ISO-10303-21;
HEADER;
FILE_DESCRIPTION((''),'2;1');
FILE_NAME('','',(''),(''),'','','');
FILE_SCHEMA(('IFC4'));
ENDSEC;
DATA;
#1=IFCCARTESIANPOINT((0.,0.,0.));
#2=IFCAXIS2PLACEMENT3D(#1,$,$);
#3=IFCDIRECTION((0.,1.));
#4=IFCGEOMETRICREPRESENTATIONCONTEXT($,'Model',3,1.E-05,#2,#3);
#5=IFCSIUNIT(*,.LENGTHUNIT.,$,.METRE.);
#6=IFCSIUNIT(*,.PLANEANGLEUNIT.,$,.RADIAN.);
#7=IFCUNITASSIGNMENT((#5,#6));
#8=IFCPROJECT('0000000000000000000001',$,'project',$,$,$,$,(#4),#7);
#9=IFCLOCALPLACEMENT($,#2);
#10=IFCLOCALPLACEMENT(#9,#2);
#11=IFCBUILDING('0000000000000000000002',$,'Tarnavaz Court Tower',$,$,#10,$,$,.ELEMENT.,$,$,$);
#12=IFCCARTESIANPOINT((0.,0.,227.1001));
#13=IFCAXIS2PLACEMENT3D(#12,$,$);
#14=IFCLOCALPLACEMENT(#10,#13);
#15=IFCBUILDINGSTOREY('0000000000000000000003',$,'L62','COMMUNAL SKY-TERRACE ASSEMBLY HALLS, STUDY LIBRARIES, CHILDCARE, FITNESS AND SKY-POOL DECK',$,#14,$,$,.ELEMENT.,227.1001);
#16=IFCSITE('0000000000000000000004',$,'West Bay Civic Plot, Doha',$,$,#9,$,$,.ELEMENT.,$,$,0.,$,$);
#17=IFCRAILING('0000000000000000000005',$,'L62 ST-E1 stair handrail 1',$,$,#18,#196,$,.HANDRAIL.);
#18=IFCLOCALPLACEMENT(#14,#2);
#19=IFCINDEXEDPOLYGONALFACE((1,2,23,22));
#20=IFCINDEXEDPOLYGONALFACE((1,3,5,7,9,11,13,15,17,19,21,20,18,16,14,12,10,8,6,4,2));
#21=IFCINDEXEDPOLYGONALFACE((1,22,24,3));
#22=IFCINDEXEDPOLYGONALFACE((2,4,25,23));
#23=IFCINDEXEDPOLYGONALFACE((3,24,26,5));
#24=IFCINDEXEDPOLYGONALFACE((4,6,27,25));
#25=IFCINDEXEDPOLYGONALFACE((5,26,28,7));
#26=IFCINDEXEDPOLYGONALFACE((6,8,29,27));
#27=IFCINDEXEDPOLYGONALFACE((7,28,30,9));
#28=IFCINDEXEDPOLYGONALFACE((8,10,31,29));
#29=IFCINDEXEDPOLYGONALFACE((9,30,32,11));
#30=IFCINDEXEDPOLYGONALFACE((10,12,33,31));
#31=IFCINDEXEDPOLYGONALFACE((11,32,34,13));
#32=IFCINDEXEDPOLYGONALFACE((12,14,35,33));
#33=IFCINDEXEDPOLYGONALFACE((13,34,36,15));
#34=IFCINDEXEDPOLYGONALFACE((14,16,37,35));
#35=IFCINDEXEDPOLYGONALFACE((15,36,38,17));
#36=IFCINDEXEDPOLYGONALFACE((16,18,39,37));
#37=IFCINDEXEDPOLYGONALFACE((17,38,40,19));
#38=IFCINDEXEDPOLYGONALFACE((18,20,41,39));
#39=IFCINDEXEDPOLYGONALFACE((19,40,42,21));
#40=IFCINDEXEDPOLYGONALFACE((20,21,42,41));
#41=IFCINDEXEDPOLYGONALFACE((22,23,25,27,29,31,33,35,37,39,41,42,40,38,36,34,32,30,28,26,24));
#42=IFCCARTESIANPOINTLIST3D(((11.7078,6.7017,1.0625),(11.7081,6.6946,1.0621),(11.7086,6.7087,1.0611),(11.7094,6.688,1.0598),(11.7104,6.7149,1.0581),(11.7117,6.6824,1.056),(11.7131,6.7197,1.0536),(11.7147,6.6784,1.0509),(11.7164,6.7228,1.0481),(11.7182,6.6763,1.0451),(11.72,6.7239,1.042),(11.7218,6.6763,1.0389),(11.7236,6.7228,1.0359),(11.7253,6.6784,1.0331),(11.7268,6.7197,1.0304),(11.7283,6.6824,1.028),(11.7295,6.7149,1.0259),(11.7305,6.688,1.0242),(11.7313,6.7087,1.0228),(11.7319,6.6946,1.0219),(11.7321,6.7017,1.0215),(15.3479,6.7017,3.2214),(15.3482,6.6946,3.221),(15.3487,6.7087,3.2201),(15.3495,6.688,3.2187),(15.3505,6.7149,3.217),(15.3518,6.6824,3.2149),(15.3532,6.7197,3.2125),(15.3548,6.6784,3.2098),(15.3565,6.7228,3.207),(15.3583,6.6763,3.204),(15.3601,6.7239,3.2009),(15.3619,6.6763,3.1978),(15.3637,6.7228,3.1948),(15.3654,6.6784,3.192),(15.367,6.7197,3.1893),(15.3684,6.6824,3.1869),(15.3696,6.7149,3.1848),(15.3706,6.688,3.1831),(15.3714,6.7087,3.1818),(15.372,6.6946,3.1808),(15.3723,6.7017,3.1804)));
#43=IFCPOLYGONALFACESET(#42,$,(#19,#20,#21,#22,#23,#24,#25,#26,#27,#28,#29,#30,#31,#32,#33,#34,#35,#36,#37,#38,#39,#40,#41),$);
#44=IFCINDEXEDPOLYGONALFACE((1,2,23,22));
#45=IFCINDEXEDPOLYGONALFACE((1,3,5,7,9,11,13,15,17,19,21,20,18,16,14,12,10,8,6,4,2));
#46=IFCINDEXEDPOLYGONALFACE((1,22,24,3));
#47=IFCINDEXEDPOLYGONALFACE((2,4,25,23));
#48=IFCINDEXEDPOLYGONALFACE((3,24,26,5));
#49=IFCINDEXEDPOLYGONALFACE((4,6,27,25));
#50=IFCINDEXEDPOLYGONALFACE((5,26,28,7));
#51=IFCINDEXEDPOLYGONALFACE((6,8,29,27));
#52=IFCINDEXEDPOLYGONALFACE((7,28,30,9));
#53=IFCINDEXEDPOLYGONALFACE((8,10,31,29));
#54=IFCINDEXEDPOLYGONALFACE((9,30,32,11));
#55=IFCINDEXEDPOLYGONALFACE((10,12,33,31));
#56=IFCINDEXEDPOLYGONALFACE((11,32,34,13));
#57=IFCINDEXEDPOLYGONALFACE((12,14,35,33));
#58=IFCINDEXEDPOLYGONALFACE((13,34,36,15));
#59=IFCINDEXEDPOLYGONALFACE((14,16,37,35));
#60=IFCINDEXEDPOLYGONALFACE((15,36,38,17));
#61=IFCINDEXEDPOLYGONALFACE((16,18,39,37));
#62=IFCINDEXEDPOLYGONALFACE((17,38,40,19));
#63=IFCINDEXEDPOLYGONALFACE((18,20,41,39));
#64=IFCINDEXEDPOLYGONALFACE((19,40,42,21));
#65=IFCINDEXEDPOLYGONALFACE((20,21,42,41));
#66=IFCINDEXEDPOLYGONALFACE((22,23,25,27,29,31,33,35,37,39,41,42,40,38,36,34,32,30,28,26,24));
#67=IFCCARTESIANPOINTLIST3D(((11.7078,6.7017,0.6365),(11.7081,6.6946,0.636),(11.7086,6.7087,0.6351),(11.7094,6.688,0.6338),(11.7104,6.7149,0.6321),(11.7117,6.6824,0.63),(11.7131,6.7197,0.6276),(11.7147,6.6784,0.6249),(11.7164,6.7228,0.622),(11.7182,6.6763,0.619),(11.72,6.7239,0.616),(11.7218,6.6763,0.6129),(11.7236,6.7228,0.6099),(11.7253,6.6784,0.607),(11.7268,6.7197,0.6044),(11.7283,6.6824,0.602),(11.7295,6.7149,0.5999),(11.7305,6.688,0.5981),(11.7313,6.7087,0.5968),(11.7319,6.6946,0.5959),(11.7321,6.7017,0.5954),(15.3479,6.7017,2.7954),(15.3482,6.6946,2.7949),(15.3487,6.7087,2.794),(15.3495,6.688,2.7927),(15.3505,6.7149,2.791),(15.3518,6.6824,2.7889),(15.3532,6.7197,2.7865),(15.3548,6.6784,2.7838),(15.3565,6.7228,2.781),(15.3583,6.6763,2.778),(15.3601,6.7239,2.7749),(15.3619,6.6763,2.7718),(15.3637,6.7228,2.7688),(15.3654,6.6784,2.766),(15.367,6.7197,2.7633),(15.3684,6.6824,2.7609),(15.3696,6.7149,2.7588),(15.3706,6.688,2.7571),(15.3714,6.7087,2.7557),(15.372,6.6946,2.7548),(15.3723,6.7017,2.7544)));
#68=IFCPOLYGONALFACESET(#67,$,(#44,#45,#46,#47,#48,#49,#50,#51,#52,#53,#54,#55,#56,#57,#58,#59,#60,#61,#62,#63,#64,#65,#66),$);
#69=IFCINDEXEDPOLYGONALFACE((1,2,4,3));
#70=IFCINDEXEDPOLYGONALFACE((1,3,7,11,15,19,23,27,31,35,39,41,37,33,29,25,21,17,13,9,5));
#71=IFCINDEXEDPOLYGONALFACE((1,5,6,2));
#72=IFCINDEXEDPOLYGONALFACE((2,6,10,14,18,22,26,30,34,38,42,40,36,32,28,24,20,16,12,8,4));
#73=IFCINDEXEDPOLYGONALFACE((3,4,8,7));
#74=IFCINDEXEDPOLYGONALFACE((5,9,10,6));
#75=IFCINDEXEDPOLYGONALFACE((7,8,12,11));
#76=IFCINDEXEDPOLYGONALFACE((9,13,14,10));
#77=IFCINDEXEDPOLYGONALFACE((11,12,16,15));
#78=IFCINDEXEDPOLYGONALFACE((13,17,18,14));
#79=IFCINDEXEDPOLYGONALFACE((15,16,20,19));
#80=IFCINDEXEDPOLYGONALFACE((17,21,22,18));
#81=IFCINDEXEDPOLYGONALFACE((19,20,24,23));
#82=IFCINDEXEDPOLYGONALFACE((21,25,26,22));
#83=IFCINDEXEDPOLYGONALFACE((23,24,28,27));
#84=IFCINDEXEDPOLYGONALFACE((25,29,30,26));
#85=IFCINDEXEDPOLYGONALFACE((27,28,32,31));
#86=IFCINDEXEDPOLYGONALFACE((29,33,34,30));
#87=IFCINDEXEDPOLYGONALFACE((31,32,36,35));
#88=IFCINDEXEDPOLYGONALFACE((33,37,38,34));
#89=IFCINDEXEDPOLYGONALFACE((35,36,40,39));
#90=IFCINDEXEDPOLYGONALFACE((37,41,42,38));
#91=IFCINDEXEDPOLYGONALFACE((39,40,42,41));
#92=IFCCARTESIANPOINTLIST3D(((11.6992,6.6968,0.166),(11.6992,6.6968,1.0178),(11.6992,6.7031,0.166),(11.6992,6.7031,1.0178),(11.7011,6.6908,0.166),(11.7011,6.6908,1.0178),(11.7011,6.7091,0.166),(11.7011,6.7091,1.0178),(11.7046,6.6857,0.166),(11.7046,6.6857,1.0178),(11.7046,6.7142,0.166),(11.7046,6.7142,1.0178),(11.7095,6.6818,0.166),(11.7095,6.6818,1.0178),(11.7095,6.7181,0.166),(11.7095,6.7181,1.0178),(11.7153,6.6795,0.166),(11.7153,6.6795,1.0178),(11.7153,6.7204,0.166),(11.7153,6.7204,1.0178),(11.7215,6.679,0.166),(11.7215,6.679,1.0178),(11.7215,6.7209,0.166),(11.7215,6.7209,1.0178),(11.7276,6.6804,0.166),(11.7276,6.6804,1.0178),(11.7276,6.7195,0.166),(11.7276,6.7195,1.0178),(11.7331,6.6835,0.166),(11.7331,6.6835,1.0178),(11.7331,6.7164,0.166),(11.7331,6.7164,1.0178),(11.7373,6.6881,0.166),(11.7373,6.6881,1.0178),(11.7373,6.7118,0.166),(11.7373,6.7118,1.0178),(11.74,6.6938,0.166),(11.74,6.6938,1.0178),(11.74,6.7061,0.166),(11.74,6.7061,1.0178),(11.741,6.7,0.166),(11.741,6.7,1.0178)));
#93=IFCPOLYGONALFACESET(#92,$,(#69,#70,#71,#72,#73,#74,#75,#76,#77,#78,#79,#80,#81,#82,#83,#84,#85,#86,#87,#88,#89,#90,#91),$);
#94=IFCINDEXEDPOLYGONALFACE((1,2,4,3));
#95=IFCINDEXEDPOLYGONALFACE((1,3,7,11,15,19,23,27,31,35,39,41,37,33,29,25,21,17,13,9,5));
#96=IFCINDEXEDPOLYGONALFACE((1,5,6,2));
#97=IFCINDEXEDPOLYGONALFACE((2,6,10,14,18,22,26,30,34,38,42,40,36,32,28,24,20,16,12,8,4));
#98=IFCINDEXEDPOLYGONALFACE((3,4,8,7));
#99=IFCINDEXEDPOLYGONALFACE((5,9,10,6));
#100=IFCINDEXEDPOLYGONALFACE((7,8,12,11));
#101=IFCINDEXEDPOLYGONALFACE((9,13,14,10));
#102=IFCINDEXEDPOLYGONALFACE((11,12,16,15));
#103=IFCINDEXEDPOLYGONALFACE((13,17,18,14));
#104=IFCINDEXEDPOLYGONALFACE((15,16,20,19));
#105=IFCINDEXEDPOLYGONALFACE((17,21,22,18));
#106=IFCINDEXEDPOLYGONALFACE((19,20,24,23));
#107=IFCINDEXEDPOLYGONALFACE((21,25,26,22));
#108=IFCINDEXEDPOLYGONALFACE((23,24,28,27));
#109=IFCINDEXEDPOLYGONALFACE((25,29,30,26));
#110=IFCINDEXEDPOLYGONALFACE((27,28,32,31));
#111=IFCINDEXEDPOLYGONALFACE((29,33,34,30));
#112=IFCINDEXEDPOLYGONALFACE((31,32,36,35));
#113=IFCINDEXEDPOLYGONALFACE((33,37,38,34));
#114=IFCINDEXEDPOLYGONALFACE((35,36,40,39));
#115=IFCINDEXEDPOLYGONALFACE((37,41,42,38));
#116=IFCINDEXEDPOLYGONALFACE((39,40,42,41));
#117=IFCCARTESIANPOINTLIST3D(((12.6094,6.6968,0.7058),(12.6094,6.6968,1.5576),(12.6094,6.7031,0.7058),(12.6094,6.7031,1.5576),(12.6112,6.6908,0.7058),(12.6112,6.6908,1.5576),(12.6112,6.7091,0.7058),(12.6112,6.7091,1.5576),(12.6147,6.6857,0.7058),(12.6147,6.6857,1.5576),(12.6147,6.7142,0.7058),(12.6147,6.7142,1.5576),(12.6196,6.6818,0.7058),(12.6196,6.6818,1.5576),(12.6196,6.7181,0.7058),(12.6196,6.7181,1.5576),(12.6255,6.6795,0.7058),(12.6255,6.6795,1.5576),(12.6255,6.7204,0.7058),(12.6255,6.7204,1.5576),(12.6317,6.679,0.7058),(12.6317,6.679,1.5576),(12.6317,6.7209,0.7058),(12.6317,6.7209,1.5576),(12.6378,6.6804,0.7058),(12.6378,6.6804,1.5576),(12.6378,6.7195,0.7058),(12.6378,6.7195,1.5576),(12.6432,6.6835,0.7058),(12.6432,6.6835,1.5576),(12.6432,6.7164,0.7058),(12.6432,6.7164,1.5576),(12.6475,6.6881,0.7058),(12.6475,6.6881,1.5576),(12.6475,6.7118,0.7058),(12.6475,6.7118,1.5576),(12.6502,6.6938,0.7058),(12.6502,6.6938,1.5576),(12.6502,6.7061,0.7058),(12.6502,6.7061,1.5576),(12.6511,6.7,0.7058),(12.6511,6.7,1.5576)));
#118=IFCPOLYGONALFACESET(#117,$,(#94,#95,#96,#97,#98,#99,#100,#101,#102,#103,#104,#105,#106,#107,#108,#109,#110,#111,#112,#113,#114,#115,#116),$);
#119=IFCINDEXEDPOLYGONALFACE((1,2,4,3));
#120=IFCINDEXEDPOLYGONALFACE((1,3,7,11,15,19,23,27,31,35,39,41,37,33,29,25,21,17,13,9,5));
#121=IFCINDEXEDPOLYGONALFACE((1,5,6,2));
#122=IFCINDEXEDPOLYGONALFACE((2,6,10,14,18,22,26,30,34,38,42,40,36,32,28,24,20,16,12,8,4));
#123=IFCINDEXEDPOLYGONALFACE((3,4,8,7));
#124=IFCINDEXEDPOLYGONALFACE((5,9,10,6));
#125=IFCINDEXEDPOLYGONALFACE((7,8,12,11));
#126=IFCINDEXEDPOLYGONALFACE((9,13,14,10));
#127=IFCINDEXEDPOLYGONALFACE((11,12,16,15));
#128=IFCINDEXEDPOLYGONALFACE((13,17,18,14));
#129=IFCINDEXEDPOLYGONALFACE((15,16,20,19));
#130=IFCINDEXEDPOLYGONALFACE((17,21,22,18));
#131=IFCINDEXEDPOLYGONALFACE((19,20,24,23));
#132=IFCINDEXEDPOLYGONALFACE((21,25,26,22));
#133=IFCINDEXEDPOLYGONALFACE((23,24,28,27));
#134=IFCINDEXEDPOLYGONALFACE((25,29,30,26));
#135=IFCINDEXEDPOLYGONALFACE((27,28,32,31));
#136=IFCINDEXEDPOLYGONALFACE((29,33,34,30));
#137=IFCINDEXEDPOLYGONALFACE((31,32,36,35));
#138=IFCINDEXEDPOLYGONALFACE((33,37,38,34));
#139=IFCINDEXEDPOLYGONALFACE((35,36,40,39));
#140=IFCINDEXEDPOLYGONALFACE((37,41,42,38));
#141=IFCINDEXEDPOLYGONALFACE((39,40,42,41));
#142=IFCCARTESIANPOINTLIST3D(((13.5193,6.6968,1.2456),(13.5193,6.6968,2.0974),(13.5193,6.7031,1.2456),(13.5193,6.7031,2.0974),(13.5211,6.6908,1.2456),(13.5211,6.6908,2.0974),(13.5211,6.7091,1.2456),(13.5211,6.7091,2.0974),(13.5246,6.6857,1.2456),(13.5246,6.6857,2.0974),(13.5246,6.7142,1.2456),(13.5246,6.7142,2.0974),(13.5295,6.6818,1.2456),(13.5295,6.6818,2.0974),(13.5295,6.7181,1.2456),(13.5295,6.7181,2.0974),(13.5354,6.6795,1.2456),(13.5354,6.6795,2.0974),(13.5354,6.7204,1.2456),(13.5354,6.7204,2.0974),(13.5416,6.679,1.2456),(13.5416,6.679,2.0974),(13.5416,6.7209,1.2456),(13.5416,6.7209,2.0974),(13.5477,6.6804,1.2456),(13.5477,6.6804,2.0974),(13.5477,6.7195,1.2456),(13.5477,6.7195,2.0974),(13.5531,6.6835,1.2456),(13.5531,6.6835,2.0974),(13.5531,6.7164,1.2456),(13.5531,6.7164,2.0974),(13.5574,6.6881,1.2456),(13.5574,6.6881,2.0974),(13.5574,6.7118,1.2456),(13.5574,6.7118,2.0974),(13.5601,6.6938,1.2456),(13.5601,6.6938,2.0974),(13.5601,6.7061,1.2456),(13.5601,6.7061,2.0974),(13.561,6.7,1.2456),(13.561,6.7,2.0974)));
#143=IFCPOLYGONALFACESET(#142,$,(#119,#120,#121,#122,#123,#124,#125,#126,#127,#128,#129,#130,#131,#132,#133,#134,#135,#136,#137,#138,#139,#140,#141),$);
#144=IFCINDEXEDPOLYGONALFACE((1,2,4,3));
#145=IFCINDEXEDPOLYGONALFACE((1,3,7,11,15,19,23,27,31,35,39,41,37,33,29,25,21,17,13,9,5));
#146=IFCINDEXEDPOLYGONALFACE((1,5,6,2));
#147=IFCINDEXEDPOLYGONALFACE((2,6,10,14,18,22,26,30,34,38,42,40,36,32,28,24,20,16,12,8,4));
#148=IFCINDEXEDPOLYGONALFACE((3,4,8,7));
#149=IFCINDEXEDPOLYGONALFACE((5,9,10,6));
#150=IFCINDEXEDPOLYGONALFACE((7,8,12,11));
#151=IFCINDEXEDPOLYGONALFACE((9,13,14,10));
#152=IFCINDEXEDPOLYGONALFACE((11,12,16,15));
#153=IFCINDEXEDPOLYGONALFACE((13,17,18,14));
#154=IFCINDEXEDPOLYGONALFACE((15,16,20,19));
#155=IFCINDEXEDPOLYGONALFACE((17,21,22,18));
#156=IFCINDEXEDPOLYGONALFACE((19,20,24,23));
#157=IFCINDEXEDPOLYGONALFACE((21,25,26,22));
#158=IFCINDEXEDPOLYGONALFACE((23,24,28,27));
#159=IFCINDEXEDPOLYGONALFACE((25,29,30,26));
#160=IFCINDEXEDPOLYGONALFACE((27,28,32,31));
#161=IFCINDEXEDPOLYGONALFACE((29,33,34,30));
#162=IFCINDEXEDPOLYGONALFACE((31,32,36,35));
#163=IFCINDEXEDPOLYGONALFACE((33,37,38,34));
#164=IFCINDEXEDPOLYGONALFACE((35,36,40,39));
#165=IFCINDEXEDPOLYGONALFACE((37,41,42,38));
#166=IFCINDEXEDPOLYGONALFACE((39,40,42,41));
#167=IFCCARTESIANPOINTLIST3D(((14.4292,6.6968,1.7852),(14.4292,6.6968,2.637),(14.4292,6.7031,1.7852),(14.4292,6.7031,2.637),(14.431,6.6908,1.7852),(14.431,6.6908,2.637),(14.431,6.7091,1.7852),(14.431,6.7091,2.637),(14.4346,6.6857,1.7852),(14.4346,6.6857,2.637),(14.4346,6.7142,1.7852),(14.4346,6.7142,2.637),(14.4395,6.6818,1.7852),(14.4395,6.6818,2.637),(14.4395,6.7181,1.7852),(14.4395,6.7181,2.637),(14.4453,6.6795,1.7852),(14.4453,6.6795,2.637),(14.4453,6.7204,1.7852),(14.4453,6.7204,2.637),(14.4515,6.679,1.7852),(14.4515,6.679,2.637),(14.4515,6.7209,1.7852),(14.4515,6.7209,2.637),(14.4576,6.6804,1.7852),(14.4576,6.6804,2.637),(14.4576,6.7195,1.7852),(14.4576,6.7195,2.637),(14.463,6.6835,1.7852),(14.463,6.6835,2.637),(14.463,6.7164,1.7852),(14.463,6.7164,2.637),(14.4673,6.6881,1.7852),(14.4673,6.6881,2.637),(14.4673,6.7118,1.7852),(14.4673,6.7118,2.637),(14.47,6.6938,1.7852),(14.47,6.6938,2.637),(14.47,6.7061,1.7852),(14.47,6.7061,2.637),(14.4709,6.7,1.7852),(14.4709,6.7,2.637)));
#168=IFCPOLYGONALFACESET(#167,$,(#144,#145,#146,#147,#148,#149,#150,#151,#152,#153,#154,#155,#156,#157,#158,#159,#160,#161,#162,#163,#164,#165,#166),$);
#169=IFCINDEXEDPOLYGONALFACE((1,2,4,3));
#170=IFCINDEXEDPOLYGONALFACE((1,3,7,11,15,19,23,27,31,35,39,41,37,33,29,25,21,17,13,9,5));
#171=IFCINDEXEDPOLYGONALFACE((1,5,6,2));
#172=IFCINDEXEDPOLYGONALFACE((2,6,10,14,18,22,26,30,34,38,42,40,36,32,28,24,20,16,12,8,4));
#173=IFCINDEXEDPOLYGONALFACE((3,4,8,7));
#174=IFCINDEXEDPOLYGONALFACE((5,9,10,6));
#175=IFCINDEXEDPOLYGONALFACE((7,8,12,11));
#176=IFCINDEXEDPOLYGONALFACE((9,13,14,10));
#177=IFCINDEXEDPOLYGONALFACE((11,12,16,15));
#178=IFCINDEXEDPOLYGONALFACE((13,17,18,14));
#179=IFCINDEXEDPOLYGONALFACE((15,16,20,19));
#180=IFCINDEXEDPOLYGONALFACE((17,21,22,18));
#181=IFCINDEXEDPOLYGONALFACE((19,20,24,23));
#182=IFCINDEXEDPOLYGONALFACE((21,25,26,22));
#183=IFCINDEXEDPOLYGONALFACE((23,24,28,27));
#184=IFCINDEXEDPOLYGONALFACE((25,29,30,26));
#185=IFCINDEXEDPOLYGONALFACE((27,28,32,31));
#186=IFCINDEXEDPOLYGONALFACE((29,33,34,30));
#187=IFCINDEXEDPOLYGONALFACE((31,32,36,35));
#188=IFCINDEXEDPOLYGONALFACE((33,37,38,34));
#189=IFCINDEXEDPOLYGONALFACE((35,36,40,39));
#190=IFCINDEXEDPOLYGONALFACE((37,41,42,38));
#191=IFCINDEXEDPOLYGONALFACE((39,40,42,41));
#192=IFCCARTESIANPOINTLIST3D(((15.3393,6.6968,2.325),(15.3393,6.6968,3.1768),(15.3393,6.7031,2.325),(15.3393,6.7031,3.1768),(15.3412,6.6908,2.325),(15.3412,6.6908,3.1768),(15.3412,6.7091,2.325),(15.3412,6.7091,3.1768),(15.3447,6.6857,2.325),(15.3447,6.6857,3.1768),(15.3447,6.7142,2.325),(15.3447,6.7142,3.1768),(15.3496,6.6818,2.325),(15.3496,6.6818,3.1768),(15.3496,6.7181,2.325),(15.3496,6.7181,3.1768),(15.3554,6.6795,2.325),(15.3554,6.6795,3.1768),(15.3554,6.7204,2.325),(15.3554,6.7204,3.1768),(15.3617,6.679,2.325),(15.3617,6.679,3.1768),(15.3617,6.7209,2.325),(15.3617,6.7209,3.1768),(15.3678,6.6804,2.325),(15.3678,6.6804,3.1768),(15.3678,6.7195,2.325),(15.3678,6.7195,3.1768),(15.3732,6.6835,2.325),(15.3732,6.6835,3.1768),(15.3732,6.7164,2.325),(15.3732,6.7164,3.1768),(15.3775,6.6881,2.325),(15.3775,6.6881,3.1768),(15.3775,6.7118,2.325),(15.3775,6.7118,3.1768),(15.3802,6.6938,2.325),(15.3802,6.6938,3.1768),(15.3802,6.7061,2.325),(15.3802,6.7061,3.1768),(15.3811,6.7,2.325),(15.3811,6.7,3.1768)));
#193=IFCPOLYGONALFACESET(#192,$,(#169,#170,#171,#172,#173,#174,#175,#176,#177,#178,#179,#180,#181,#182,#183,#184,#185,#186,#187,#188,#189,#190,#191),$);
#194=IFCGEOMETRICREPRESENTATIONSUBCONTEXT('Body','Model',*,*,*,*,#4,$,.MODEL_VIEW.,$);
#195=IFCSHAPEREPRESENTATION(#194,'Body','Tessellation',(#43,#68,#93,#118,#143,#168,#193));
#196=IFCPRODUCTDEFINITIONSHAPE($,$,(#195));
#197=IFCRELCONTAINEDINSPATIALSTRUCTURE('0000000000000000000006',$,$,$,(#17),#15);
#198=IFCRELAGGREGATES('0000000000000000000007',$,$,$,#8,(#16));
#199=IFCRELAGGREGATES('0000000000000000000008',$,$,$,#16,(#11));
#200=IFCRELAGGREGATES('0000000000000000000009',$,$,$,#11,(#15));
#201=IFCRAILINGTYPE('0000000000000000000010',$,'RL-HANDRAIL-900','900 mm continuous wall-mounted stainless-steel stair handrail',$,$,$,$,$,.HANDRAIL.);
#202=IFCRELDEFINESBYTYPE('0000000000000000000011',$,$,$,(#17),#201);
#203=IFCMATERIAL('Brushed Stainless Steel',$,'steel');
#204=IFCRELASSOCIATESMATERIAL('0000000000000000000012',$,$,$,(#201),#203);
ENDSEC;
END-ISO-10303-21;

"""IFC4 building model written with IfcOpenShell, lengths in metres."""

from ifc_helpers import new_model, si_unit, direction, frame, origin, origin_2d, place, context, subcontext, project, spatial, circle, extrude, material, type_object, element, save


model = new_model("IFC4")

# Units and contexts
model_context = context("Model", 3, precision=1e-05, world=origin(), true_north=direction((0.0, 1.0)))
body_context = subcontext(model_context, "Body", "Model", "MODEL_VIEW")
ifc_project = project(units=[si_unit("LENGTHUNIT", "METRE"), si_unit("PLANEANGLEUNIT", "RADIAN")], contexts=[model_context])

# Site, building, storey
site_placement = place(None, origin())
site = spatial("IfcSite", under=ifc_project, at=site_placement, Name="West Bay Civic Plot, Doha", CompositionType="ELEMENT", RefElevation=0.0)
building_placement = place(site_placement, origin())
building = spatial("IfcBuilding", under=site, at=building_placement, Name="Tarnavaz Court Tower", CompositionType="ELEMENT")
storey_placement = place(building_placement, frame((0.0, 0.0, 227.1001)))
storey = spatial("IfcBuildingStorey", under=building, at=storey_placement, Name="L62", Description="COMMUNAL SKY-TERRACE ASSEMBLY HALLS, STUDY LIBRARIES, CHILDCARE, FITNESS AND SKY-POOL DECK", CompositionType="ELEMENT", Elevation=227.1001)

# Railing
ifc_material_1 = material(Name="Brushed Stainless Steel", Category="steel")
railing_type_1 = type_object("IfcRailingType", Name="RL-HANDRAIL-900", Description="900 mm continuous wall-mounted stainless-steel stair handrail", PredefinedType="HANDRAIL", material=ifc_material_1)
railing_1_placement = place(storey_placement, frame((11.72, 6.7, 0.166)))
element("IfcRailing", 1, at=railing_1_placement, inside=storey, type_object=railing_type_1, Name="L62 ST-E1 stair handrail 1", PredefinedType="HANDRAIL", context=body_context, shape_type="SweptSolid", body=[
    extrude(circle(Radius=0.0239, at=origin_2d()), frame((0.0, 0.0, 0.876), z_axis=(0.860103, 0.0, 0.51012), x_axis=(0.0, 1.0, 0.0)), (0.0, 0.0, 1.0), 4.2322),
    extrude(circle(Radius=0.0239, at=origin_2d()), frame((0.0, 0.0, 0.45), z_axis=(0.860103, 0.0, 0.51012), x_axis=(0.0, 1.0, 0.0)), (0.0, 0.0, 1.0), 4.2322),
    extrude(circle(Radius=0.021, at=origin_2d()), origin(), (0.0, 0.0, 1.0), 0.8518),
    extrude(circle(Radius=0.021, at=origin_2d()), frame((0.9102, 0.0, 0.5398)), (0.0, 0.0, 1.0), 0.8518),
    extrude(circle(Radius=0.021, at=origin_2d()), frame((1.8201, 0.0, 1.0796)), (0.0, 0.0, 1.0), 0.8518),
    extrude(circle(Radius=0.021, at=origin_2d()), frame((2.73, 0.0, 1.6191)), (0.0, 0.0, 1.0), 0.8518),
    extrude(circle(Radius=0.021, at=origin_2d()), frame((3.6401, 0.0, 2.1589)), (0.0, 0.0, 1.0), 0.8518),
])

save(model, "model.ifc")
